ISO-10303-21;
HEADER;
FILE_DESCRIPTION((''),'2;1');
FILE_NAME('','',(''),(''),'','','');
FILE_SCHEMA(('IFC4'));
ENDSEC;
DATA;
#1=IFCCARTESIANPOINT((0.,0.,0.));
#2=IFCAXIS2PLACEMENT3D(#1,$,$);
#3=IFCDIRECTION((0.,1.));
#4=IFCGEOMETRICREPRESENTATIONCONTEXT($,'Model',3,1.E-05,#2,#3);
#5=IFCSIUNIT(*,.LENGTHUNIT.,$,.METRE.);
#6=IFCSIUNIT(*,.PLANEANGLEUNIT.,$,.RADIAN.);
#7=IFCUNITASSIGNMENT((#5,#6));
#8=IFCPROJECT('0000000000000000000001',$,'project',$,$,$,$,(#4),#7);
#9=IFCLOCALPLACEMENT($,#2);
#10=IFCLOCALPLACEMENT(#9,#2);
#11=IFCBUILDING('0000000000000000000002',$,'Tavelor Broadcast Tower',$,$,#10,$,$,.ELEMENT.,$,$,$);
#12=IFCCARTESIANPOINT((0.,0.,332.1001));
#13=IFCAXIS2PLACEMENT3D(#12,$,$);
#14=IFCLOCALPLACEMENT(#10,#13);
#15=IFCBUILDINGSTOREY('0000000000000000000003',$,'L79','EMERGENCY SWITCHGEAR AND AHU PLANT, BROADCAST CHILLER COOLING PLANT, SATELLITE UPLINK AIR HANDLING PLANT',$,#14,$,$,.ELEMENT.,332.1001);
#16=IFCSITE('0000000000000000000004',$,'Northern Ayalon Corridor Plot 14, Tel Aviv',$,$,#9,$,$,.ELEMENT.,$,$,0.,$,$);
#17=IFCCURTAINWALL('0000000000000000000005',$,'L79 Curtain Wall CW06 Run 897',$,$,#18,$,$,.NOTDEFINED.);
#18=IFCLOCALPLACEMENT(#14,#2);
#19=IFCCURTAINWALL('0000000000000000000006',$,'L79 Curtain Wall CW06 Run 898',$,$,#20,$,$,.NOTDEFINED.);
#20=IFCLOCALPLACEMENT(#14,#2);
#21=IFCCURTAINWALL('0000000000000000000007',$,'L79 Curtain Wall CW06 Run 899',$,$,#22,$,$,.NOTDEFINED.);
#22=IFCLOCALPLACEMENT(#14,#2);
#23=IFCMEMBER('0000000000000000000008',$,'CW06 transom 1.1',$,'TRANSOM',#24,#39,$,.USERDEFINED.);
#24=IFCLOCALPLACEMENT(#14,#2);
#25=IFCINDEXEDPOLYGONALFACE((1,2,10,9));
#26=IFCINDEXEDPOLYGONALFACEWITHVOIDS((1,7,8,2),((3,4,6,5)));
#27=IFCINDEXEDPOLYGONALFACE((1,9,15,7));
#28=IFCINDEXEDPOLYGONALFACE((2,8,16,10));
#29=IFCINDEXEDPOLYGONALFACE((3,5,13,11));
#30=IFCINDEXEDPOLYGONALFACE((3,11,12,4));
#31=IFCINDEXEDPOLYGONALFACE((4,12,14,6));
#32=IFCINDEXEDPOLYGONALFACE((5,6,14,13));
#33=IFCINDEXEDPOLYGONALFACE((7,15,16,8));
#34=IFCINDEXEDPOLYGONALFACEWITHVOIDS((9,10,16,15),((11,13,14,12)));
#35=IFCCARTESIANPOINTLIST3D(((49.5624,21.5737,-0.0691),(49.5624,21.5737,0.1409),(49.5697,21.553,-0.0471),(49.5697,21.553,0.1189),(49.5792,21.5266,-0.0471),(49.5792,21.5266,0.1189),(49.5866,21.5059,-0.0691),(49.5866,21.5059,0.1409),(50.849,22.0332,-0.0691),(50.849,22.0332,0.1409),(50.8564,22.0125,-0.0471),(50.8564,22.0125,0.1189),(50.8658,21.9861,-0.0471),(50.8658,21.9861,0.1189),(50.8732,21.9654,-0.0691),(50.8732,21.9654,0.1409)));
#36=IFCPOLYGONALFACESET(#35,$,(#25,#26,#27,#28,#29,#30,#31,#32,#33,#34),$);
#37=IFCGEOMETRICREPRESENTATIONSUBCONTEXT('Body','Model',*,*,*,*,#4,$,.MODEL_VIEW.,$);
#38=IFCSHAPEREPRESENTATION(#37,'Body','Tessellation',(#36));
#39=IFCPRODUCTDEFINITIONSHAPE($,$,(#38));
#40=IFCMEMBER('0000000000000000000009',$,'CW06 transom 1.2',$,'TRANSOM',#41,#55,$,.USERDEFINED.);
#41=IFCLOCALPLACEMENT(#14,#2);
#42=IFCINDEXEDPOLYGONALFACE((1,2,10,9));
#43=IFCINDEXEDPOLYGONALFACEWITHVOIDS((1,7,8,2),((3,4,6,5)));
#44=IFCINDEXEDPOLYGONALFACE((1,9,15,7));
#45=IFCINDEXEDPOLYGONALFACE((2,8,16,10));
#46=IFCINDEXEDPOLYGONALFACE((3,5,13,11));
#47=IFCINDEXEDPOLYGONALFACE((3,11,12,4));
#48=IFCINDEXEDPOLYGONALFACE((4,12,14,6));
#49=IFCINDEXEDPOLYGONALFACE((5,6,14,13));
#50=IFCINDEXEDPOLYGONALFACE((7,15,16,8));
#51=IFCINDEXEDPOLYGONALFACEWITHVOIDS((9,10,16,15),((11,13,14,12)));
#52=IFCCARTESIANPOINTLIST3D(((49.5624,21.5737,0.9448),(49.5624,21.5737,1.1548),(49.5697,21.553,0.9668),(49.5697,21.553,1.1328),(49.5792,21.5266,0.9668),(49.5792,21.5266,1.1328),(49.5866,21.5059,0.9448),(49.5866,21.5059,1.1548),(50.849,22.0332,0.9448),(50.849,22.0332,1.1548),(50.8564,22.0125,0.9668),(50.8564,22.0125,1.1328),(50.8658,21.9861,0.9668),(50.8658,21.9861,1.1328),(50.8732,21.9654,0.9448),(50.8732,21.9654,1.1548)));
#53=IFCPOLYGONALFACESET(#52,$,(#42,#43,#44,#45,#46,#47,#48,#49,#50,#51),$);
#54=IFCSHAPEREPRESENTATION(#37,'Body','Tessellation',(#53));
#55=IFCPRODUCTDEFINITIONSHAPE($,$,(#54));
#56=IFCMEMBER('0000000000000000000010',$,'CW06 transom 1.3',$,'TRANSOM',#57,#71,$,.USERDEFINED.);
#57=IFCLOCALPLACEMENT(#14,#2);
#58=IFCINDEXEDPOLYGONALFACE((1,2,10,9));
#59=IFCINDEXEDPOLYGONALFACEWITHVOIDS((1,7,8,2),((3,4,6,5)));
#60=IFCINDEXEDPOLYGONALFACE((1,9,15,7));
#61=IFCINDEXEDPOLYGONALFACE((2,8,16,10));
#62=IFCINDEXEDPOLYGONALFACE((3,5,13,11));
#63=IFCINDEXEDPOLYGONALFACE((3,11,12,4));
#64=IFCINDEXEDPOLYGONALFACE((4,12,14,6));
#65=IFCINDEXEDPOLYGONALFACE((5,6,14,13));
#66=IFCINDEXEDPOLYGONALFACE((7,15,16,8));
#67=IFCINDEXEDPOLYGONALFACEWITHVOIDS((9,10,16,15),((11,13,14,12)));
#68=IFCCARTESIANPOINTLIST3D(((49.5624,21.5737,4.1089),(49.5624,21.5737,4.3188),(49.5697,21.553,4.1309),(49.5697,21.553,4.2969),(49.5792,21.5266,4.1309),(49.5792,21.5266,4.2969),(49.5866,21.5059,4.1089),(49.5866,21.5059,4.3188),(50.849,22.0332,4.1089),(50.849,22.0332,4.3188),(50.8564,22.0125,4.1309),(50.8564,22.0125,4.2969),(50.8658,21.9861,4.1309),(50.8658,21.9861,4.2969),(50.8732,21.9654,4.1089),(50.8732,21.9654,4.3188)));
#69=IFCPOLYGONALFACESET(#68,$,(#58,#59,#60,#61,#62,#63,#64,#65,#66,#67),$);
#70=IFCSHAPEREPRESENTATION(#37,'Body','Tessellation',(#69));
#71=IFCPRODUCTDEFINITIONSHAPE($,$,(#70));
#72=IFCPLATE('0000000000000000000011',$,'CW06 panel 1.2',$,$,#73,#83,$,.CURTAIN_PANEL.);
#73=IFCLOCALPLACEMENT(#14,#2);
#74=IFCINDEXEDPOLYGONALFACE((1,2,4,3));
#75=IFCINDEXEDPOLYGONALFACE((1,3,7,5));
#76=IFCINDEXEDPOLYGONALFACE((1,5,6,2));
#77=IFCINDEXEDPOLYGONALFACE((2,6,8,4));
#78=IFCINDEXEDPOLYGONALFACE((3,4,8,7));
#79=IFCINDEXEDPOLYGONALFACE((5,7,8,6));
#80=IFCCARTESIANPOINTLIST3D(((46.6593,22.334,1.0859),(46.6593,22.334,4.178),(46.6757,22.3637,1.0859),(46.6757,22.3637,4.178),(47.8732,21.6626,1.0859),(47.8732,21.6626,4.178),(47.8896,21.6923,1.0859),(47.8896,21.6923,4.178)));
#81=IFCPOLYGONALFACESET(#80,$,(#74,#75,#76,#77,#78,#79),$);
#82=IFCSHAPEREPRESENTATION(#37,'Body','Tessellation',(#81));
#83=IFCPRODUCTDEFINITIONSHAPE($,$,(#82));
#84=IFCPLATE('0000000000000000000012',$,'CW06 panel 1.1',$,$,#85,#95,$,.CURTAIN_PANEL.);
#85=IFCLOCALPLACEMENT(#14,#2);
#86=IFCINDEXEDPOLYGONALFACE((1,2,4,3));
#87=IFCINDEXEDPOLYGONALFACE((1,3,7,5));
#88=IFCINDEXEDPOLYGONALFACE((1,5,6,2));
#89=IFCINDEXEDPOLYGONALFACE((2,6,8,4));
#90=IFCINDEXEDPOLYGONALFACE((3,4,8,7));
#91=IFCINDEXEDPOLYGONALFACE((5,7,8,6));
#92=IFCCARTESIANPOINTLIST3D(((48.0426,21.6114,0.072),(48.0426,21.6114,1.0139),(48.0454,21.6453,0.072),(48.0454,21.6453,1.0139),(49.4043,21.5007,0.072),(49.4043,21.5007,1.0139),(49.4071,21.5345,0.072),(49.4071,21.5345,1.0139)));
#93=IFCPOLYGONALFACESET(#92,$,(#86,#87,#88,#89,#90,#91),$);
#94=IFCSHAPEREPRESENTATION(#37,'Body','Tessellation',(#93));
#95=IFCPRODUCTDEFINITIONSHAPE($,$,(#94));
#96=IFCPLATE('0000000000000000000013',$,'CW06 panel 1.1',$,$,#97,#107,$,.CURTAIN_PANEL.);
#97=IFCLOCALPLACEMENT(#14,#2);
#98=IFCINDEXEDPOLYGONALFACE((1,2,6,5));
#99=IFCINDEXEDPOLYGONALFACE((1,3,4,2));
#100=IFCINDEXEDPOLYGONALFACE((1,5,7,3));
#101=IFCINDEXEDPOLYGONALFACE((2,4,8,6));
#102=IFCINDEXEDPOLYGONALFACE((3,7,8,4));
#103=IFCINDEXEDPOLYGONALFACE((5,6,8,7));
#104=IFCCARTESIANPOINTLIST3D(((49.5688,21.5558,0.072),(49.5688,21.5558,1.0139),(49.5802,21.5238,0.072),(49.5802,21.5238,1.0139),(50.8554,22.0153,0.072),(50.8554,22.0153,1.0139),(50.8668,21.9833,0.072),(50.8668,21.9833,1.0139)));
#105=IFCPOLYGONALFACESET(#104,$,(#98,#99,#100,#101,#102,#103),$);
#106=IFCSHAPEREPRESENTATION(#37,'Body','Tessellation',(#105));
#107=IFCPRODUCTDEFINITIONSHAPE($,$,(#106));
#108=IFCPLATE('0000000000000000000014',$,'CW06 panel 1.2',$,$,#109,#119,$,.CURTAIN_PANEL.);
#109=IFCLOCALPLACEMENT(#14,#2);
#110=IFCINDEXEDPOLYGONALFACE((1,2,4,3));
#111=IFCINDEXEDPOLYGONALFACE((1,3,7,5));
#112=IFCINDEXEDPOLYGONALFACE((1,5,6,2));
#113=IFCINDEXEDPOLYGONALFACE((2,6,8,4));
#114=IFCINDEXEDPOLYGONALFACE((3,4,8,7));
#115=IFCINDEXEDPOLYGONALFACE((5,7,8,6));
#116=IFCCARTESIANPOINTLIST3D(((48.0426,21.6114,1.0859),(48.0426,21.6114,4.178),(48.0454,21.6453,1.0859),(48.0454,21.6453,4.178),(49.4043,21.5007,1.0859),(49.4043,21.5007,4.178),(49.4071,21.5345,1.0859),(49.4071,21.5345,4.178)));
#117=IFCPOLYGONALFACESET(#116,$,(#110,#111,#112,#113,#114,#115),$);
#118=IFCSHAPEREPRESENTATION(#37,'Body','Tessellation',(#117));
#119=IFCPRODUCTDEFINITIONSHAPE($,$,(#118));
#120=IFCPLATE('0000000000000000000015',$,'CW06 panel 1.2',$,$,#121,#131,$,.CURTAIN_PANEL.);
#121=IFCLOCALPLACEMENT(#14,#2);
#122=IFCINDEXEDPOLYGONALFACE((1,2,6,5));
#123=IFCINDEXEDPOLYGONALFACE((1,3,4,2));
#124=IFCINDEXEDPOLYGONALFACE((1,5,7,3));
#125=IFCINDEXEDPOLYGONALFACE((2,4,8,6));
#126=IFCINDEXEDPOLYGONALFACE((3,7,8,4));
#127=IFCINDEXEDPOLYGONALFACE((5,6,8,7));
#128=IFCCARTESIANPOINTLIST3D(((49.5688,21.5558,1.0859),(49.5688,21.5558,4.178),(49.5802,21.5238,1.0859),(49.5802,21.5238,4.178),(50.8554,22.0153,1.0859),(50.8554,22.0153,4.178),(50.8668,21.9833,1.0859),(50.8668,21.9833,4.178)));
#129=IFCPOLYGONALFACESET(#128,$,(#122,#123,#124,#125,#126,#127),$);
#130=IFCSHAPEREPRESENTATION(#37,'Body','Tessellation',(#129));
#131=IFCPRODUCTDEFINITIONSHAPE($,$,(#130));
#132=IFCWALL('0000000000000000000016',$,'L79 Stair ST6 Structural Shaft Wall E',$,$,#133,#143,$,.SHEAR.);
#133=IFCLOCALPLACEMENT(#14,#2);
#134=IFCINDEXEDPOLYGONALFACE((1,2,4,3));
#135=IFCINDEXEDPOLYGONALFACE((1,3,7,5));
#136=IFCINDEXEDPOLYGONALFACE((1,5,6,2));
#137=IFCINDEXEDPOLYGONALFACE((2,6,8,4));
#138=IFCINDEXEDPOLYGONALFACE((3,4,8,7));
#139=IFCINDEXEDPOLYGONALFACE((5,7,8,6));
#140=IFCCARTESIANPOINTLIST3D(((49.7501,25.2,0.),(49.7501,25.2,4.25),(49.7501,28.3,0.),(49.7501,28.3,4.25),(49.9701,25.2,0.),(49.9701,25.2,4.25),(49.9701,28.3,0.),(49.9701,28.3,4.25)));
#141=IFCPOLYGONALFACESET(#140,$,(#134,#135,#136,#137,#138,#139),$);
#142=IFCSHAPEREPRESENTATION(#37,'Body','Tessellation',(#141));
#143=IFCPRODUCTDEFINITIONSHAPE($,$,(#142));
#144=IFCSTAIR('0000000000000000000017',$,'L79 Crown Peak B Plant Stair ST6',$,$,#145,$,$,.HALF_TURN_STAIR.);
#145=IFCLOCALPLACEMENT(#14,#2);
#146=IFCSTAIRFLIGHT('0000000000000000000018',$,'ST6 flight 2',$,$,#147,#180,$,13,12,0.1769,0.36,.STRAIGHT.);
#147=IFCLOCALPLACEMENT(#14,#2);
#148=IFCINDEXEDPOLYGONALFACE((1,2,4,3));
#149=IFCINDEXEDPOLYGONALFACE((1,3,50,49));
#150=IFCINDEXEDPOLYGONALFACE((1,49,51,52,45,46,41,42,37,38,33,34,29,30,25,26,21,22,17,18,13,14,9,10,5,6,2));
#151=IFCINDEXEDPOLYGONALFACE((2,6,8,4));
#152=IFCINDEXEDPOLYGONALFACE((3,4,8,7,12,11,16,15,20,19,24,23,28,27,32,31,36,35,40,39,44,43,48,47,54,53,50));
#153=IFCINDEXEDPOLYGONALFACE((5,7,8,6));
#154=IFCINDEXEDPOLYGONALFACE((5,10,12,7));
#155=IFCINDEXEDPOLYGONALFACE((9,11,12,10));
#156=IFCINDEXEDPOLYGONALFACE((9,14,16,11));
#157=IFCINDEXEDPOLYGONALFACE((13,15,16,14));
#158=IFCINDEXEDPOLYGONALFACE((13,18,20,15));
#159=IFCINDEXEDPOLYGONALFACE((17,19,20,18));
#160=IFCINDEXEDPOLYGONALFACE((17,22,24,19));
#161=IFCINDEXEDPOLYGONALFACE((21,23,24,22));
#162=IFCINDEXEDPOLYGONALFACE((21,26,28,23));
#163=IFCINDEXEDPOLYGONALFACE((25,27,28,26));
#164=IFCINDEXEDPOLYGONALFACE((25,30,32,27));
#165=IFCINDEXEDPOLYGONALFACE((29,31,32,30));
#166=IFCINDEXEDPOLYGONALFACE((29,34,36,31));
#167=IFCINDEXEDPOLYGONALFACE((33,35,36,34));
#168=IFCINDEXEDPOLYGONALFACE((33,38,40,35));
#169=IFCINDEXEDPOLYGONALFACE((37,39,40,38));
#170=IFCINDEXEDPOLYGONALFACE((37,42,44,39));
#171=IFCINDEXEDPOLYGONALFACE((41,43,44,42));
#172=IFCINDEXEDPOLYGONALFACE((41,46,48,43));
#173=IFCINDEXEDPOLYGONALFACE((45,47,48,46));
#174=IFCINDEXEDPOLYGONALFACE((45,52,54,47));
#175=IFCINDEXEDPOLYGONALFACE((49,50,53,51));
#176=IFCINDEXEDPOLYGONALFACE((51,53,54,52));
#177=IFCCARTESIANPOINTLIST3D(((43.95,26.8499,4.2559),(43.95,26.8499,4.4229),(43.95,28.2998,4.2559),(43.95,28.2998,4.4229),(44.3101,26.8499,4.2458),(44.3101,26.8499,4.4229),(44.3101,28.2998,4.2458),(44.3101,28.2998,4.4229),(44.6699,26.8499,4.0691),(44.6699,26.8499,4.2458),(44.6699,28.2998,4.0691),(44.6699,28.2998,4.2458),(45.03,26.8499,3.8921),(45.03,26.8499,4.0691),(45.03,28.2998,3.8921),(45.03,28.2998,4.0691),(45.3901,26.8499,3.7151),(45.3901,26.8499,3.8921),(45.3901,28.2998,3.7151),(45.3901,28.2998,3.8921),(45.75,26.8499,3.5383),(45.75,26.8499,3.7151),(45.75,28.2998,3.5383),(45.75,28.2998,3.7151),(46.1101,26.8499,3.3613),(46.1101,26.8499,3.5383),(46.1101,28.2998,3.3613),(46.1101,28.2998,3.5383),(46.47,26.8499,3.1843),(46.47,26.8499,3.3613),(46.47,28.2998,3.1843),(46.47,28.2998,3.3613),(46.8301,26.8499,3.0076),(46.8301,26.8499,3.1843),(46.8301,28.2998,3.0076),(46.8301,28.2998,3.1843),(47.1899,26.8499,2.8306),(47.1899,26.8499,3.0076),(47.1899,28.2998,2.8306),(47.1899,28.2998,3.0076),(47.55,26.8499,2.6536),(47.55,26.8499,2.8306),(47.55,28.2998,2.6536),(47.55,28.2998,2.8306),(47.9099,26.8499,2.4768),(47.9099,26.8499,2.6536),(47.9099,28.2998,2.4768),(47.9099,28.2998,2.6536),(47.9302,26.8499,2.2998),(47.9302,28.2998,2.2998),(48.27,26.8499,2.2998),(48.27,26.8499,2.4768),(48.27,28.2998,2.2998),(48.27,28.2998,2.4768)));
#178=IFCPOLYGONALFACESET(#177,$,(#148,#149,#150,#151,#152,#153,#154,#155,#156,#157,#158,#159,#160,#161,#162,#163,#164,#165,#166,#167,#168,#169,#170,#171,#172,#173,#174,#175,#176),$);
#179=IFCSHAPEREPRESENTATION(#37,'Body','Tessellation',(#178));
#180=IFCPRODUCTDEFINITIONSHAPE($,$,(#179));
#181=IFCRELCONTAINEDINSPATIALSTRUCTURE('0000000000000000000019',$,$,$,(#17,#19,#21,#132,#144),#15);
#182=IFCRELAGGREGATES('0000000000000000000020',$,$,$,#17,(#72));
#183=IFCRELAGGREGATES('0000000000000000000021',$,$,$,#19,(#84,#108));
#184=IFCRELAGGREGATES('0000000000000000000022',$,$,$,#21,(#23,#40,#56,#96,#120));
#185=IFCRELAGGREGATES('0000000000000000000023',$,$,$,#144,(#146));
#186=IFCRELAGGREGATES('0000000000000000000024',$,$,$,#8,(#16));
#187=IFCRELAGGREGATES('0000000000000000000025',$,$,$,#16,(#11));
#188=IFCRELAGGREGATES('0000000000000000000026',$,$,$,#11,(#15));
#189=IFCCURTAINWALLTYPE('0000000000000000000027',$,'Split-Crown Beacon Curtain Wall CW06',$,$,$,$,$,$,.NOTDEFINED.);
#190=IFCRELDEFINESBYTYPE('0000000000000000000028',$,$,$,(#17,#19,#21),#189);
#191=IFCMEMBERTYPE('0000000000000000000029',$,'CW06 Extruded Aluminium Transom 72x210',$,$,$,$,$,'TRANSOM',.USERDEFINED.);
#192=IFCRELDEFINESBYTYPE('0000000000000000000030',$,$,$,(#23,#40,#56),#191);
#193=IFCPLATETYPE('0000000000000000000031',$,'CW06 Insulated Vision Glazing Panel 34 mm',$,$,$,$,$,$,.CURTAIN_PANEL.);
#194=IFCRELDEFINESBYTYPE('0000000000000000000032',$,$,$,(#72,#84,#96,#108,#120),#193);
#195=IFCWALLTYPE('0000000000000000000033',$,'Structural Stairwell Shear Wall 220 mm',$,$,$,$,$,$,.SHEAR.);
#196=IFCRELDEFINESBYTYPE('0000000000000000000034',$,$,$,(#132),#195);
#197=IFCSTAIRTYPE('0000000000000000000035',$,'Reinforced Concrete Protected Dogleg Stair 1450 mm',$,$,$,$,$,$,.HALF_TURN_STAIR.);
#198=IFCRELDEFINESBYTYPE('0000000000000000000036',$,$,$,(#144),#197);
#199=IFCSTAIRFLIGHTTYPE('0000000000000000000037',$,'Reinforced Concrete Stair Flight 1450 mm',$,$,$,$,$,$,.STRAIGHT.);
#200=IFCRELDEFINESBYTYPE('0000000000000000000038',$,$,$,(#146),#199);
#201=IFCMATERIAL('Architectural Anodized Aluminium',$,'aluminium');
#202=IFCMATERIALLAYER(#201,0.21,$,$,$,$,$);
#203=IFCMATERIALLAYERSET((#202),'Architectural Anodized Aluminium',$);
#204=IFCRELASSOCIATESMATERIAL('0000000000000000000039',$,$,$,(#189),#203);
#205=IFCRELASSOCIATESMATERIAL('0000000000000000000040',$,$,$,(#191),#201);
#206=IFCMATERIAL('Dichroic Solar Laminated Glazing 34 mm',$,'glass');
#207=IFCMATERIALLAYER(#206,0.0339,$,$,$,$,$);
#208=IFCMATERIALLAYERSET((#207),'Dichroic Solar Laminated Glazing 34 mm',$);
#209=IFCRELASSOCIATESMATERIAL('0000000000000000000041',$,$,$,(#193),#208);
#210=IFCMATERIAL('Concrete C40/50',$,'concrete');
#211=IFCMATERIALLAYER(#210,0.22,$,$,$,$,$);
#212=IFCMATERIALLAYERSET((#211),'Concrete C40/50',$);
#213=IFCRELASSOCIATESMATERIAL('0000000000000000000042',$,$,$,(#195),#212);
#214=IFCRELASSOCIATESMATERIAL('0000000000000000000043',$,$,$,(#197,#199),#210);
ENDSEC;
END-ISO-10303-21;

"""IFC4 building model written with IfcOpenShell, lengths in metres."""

from ifc_helpers import new_model, si_unit, direction, frame, frame_2d, origin, origin_2d, place, context, subcontext, project, spatial, polyline, rectangle, hollow_rectangle, outline, extrude, source, transform, mapped, material, layer, layer_set, material_profile, profile_set, type_object, type_shapes, element, aggregate, save


model = new_model("IFC4")

# Units and contexts
model_context = context("Model", 3, precision=1e-05, world=origin(), true_north=direction((0.0, 1.0)))
body_context = subcontext(model_context, "Body", "Model", "MODEL_VIEW")
ifc_project = project(units=[si_unit("LENGTHUNIT", "METRE"), si_unit("PLANEANGLEUNIT", "RADIAN")], contexts=[model_context])

# Site, building, storey
site_placement = place(None, origin())
site = spatial("IfcSite", under=ifc_project, at=site_placement, Name="Northern Ayalon Corridor Plot 14, Tel Aviv", CompositionType="ELEMENT", RefElevation=0.0)
building_placement = place(site_placement, origin())
building = spatial("IfcBuilding", under=site, at=building_placement, Name="Tavelor Broadcast Tower", CompositionType="ELEMENT")
storey_placement = place(building_placement, frame((0.0, 0.0, 332.1001)))
storey = spatial("IfcBuildingStorey", under=building, at=storey_placement, Name="L79", Description="EMERGENCY SWITCHGEAR AND AHU PLANT, BROADCAST CHILLER COOLING PLANT, SATELLITE UPLINK AIR HANDLING PLANT", CompositionType="ELEMENT", Elevation=332.1001)

# Curtain wall
ifc_material_1 = material(Name="Architectural Anodized Aluminium", Category="aluminium")
ifc_layer_1 = layer(ifc_material_1, 0.21)
ifc_layer_set_1 = layer_set([ifc_layer_1], Name="Architectural Anodized Aluminium")
curtain_wall_type = type_object("IfcCurtainWallType", Name="Split-Crown Beacon Curtain Wall CW06", PredefinedType="NOTDEFINED", material=ifc_layer_set_1)
curtain_wall_1_placement = place(storey_placement, origin())
curtain_wall_1 = element("IfcCurtainWall", 1, at=curtain_wall_1_placement, inside=storey, type_object=curtain_wall_type, Name="L79 Curtain Wall CW06 Run 897", PredefinedType="NOTDEFINED")

# Curtain walls
curtain_wall_2_placement = place(storey_placement, origin())
curtain_wall_2 = element("IfcCurtainWall", 2, at=curtain_wall_2_placement, inside=storey, type_object=curtain_wall_type, Name="L79 Curtain Wall CW06 Run 898", PredefinedType="NOTDEFINED")
curtain_wall_3_placement = place(storey_placement, origin())
curtain_wall_3 = element("IfcCurtainWall", 3, at=curtain_wall_3_placement, inside=storey, type_object=curtain_wall_type, Name="L79 Curtain Wall CW06 Run 899", PredefinedType="NOTDEFINED")

# Members
ifc_material_profile_1 = material_profile(ifc_material_1, hollow_rectangle(XDim=0.072, YDim=0.21, WallThickness=0.022, at=origin_2d()), Name="RHS 72x210x22")
ifc_profile_set_1 = profile_set([ifc_material_profile_1], Name="Architectural Anodized Aluminium")
member_type_1 = type_object("IfcMemberType", Name="CW06 Extruded Aluminium Transom 72x210", ElementType="TRANSOM", PredefinedType="USERDEFINED", material=ifc_profile_set_1)
shared_shape_1 = source(origin(), body_context, "Body", "SweptSolid", [
    extrude(hollow_rectangle(XDim=0.072, YDim=0.21, WallThickness=0.022, at=origin_2d()), origin(), (0.0, 0.0, 1.0), 1.3662),
])
type_shapes(member_type_1, [shared_shape_1])
member_1_placement = place(storey_placement, frame((49.5745, 21.5398, 0.0359), z_axis=(0.94175, 0.336314, 0.0), x_axis=(-0.336314, 0.94175, 0.0)))
member_1 = element("IfcMember", 4, at=member_1_placement, type_object=member_type_1, Name="CW06 transom 1.1", ObjectType="TRANSOM", PredefinedType="USERDEFINED", context=body_context, shape_type="MappedRepresentation", body=[
    mapped(shared_shape_1, transform((0.0, 0.0, 0.0), scale=1.0)),
])
member_2_placement = place(storey_placement, frame((49.5745, 21.5398, 1.0498), z_axis=(0.94175, 0.336314, 0.0), x_axis=(-0.336314, 0.94175, 0.0)))
member_2 = element("IfcMember", 5, at=member_2_placement, type_object=member_type_1, Name="CW06 transom 1.2", ObjectType="TRANSOM", PredefinedType="USERDEFINED", context=body_context, shape_type="MappedRepresentation", body=[
    mapped(shared_shape_1, transform((0.0, 0.0, 0.0), scale=1.0)),
])
member_3_placement = place(storey_placement, frame((49.5745, 21.5398, 4.2139), z_axis=(0.94175, 0.336314, 0.0), x_axis=(-0.336314, 0.94175, 0.0)))
member_3 = element("IfcMember", 6, at=member_3_placement, type_object=member_type_1, Name="CW06 transom 1.3", ObjectType="TRANSOM", PredefinedType="USERDEFINED", context=body_context, shape_type="MappedRepresentation", body=[
    mapped(shared_shape_1, transform((0.0, 0.0, 0.0), scale=1.0)),
])

# Plates
ifc_material_2 = material(Name="Dichroic Solar Laminated Glazing 34 mm", Category="glass")
ifc_layer_2 = layer(ifc_material_2, 0.0339)
ifc_layer_set_2 = layer_set([ifc_layer_2], Name="Dichroic Solar Laminated Glazing 34 mm")
plate_type = type_object("IfcPlateType", Name="CW06 Insulated Vision Glazing Panel 34 mm", PredefinedType="CURTAIN_PANEL", material=ifc_layer_set_2)
shared_shape_2 = source(origin(), body_context, "Body", "SweptSolid", [
    extrude(rectangle(XDim=1.3872, YDim=0.0339, at=origin_2d()), origin(), (0.0, 0.0, 1.0), 3.092),
])
plate_1_placement = place(storey_placement, frame((47.2744, 22.0132, 1.0859), z_axis=(0.0, 0.0, 1.0), x_axis=(0.875068, -0.484001, 0.0)))
plate_1 = element("IfcPlate", 7, at=plate_1_placement, type_object=plate_type, Name="CW06 panel 1.2", PredefinedType="CURTAIN_PANEL", context=body_context, shape_type="MappedRepresentation", body=[
    mapped(shared_shape_2, transform((0.0, 0.0, 0.0), scale=1.0)),
])
aggregate(curtain_wall_1, [plate_1])
shared_shape_3 = source(origin(), body_context, "Body", "SweptSolid", [
    extrude(rectangle(XDim=1.3662, YDim=0.0339, at=origin_2d()), origin(), (0.0, 0.0, 1.0), 0.9419),
])
plate_2_placement = place(storey_placement, frame((48.7249, 21.573, 0.072), z_axis=(0.0, 0.0, 1.0), x_axis=(0.99671, -0.081045, 0.0)))
plate_2 = element("IfcPlate", 8, at=plate_2_placement, type_object=plate_type, Name="CW06 panel 1.1", PredefinedType="CURTAIN_PANEL", context=body_context, shape_type="MappedRepresentation", body=[
    mapped(shared_shape_3, transform((0.0, 0.0, 0.0), scale=1.0)),
])
plate_3_placement = place(storey_placement, frame((50.2178, 21.7695, 0.072), z_axis=(0.0, 0.0, 1.0), x_axis=(0.941748, 0.33632, 0.0)))
plate_3 = element("IfcPlate", 9, at=plate_3_placement, type_object=plate_type, Name="CW06 panel 1.1", PredefinedType="CURTAIN_PANEL", context=body_context, shape_type="MappedRepresentation", body=[
    mapped(shared_shape_3, transform((0.0, 0.0, 0.0), scale=1.0)),
])
shared_shape_4 = source(origin(), body_context, "Body", "SweptSolid", [
    extrude(rectangle(XDim=1.3662, YDim=0.0339, at=origin_2d()), origin(), (0.0, 0.0, 1.0), 3.092),
])
type_shapes(plate_type, [shared_shape_2, shared_shape_3, shared_shape_4])
plate_4_placement = place(storey_placement, frame((48.7249, 21.573, 1.0859), z_axis=(0.0, 0.0, 1.0), x_axis=(0.99671, -0.081045, 0.0)))
plate_4 = element("IfcPlate", 10, at=plate_4_placement, type_object=plate_type, Name="CW06 panel 1.2", PredefinedType="CURTAIN_PANEL", context=body_context, shape_type="MappedRepresentation", body=[
    mapped(shared_shape_4, transform((0.0, 0.0, 0.0), scale=1.0)),
])
aggregate(curtain_wall_2, [plate_2, plate_4])
plate_5_placement = place(storey_placement, frame((50.2178, 21.7695, 1.0859), z_axis=(0.0, 0.0, 1.0), x_axis=(0.941748, 0.33632, 0.0)))
plate_5 = element("IfcPlate", 11, at=plate_5_placement, type_object=plate_type, Name="CW06 panel 1.2", PredefinedType="CURTAIN_PANEL", context=body_context, shape_type="MappedRepresentation", body=[
    mapped(shared_shape_4, transform((0.0, 0.0, 0.0), scale=1.0)),
])
aggregate(curtain_wall_3, [member_1, member_2, member_3, plate_3, plate_5])

# Wall
ifc_material_3 = material(Name="Concrete C40/50", Category="concrete")
ifc_layer_3 = layer(ifc_material_3, 0.22)
ifc_layer_set_3 = layer_set([ifc_layer_3], Name="Concrete C40/50")
wall_type = type_object("IfcWallType", Name="Structural Stairwell Shear Wall 220 mm", PredefinedType="SHEAR", material=ifc_layer_set_3)
wall_placement = place(storey_placement, frame((49.8601, 25.2, 0.0), z_axis=(0.0, 0.0, 1.0), x_axis=(0.0, 1.0, 0.0)))
element("IfcWall", 12, at=wall_placement, inside=storey, type_object=wall_type, Name="L79 Stair ST6 Structural Shaft Wall E", PredefinedType="SHEAR", context=body_context, shape_type="SweptSolid", body=[
    extrude(rectangle(XDim=3.1001, YDim=0.22, at=frame_2d((1.55, 0.0))), origin(), (0.0, 0.0, 1.0), 4.25),
])

# Stair, stair flight
stair_type = type_object("IfcStairType", Name="Reinforced Concrete Protected Dogleg Stair 1450 mm", PredefinedType="HALF_TURN_STAIR", material=ifc_material_3)
stair_placement = place(storey_placement, origin())
stair = element("IfcStair", 13, at=stair_placement, inside=storey, type_object=stair_type, Name="L79 Crown Peak B Plant Stair ST6", PredefinedType="HALF_TURN_STAIR")
stair_flight_type = type_object("IfcStairFlightType", Name="Reinforced Concrete Stair Flight 1450 mm", PredefinedType="STRAIGHT", material=ifc_material_3)
stair_flight_placement = place(storey_placement, frame((48.27, 27.575, 2.2998), z_axis=(0.0, 0.0, 1.0), x_axis=(-1.0, 0.0, 0.0)))
stair_flight = element("IfcStairFlight", 14, at=stair_flight_placement, type_object=stair_flight_type, Name="ST6 flight 2", NumberOfRisers=13, NumberOfTreads=12, PredefinedType="STRAIGHT", RiserHeight=0.1769, TreadLength=0.36, context=body_context, shape_type="SweptSolid", body=[
    extrude(outline(polyline([(0.0, 0.0), (0.0, 0.177), (0.3601, 0.177), (0.3601, 0.3538), (0.72, 0.3538), (0.72, 0.5308), (1.0801, 0.5308), (1.0801, 0.7078), (1.4399, 0.7078), (1.4399, 0.8845), (1.8, 0.8845), (1.8, 1.0615), (2.1599, 1.0615), (2.1599, 1.2385), (2.52, 1.2385), (2.52, 1.4153), (2.8799, 1.4153), (2.8799, 1.5923), (3.24, 1.5923), (3.24, 1.7693), (3.6001, 1.7693), (3.6001, 1.946), (3.96, 1.946), (3.96, 2.123), (4.3201, 2.123), (4.3201, 2.3), (4.3201, 1.9561), (0.3398, 0.0), (0.0, 0.0)])), frame((0.0, 0.7251, 0.0), z_axis=(0.0, -1.0, 0.0), x_axis=(1.0, 0.0, 0.0)), (0.0, 0.0, 1.0), 1.45),
])
aggregate(stair, [stair_flight])

save(model, "model.ifc")
